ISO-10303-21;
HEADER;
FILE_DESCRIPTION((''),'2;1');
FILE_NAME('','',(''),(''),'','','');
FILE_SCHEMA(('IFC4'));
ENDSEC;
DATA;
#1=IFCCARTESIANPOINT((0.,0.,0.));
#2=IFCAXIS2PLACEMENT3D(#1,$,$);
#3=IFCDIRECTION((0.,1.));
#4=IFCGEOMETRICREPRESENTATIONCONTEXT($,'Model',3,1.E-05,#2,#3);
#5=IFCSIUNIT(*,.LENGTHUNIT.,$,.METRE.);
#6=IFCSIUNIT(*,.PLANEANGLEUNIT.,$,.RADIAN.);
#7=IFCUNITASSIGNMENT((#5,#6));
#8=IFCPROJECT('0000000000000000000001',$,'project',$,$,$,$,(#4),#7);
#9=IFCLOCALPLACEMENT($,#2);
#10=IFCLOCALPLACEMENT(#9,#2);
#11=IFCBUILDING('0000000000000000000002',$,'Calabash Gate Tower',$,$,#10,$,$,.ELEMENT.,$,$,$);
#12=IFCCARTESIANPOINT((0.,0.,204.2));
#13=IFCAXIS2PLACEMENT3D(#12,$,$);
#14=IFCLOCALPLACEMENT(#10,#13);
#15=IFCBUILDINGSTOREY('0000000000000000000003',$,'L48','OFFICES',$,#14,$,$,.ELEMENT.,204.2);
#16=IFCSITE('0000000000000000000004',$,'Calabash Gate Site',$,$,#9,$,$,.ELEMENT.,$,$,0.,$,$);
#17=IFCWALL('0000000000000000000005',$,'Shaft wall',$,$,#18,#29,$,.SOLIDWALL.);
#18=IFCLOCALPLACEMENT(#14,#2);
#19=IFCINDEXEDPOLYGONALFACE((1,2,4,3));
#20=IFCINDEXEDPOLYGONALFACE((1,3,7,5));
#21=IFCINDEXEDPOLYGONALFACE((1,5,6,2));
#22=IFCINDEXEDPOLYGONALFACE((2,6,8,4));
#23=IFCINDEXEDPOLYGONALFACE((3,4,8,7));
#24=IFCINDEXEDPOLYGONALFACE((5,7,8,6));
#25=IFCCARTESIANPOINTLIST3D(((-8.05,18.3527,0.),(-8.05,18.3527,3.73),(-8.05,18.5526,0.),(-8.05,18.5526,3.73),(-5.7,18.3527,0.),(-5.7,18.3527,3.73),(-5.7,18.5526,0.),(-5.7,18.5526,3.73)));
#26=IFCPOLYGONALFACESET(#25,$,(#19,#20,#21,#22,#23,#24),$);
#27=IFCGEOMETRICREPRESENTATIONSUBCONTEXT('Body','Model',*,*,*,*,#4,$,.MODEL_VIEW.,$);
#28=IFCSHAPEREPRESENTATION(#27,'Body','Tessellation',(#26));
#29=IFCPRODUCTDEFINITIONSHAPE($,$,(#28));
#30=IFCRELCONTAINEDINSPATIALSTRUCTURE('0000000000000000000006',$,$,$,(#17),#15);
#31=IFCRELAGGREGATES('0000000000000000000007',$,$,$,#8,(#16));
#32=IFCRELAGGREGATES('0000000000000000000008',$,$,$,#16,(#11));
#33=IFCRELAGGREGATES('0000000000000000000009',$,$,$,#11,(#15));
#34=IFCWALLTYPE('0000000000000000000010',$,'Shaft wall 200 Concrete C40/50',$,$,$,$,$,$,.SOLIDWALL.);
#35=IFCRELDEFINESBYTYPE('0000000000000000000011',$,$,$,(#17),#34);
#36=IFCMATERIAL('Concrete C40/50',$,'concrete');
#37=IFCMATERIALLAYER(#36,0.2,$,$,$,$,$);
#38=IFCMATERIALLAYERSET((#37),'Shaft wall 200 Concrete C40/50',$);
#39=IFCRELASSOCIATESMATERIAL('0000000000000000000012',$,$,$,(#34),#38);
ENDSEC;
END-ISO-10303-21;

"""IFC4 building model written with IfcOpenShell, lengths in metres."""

from ifc_helpers import new_model, si_unit, direction, frame, frame_2d, origin, place, context, subcontext, project, spatial, rectangle, extrude, material, layer, layer_set, type_object, element, save


model = new_model("IFC4")

# Units and contexts
model_context = context("Model", 3, precision=1e-05, world=origin(), true_north=direction((0.0, 1.0)))
body_context = subcontext(model_context, "Body", "Model", "MODEL_VIEW")
ifc_project = project(units=[si_unit("LENGTHUNIT", "METRE"), si_unit("PLANEANGLEUNIT", "RADIAN")], contexts=[model_context])

# Site, building, storey
site_placement = place(None, origin())
site = spatial("IfcSite", under=ifc_project, at=site_placement, Name="Calabash Gate Site", CompositionType="ELEMENT", RefElevation=0.0)
building_placement = place(site_placement, origin())
building = spatial("IfcBuilding", under=site, at=building_placement, Name="Calabash Gate Tower", CompositionType="ELEMENT")
storey_placement = place(building_placement, frame((0.0, 0.0, 204.2)))
storey = spatial("IfcBuildingStorey", under=building, at=storey_placement, Name="L48", Description="OFFICES", CompositionType="ELEMENT", Elevation=204.2)

# Shared definitions
ifc_material_1 = material(Name="Concrete C40/50", Category="concrete")
ifc_layer_1 = layer(ifc_material_1, 0.2)
ifc_layer_set_1 = layer_set([ifc_layer_1], Name="Shaft wall 200 Concrete C40/50")
wall_type_1 = type_object("IfcWallType", Name="Shaft wall 200 Concrete C40/50", PredefinedType="SOLIDWALL", material=ifc_layer_set_1)

# Wall
wall_1_placement = place(storey_placement, frame((-8.05, 18.4526, 0.0), z_axis=(0.0, 0.0, 1.0), x_axis=(1.0, 0.0, 0.0)))
element("IfcWall", 1, at=wall_1_placement, inside=storey, type_object=wall_type_1, Name="Shaft wall", PredefinedType="SOLIDWALL", context=body_context, shape_type="SweptSolid", body=[
    extrude(rectangle(XDim=2.3501, YDim=0.2, at=frame_2d((1.175, 0.0))), origin(), (0.0, 0.0, 1.0), 3.73),
])

save(model, "model.ifc")
